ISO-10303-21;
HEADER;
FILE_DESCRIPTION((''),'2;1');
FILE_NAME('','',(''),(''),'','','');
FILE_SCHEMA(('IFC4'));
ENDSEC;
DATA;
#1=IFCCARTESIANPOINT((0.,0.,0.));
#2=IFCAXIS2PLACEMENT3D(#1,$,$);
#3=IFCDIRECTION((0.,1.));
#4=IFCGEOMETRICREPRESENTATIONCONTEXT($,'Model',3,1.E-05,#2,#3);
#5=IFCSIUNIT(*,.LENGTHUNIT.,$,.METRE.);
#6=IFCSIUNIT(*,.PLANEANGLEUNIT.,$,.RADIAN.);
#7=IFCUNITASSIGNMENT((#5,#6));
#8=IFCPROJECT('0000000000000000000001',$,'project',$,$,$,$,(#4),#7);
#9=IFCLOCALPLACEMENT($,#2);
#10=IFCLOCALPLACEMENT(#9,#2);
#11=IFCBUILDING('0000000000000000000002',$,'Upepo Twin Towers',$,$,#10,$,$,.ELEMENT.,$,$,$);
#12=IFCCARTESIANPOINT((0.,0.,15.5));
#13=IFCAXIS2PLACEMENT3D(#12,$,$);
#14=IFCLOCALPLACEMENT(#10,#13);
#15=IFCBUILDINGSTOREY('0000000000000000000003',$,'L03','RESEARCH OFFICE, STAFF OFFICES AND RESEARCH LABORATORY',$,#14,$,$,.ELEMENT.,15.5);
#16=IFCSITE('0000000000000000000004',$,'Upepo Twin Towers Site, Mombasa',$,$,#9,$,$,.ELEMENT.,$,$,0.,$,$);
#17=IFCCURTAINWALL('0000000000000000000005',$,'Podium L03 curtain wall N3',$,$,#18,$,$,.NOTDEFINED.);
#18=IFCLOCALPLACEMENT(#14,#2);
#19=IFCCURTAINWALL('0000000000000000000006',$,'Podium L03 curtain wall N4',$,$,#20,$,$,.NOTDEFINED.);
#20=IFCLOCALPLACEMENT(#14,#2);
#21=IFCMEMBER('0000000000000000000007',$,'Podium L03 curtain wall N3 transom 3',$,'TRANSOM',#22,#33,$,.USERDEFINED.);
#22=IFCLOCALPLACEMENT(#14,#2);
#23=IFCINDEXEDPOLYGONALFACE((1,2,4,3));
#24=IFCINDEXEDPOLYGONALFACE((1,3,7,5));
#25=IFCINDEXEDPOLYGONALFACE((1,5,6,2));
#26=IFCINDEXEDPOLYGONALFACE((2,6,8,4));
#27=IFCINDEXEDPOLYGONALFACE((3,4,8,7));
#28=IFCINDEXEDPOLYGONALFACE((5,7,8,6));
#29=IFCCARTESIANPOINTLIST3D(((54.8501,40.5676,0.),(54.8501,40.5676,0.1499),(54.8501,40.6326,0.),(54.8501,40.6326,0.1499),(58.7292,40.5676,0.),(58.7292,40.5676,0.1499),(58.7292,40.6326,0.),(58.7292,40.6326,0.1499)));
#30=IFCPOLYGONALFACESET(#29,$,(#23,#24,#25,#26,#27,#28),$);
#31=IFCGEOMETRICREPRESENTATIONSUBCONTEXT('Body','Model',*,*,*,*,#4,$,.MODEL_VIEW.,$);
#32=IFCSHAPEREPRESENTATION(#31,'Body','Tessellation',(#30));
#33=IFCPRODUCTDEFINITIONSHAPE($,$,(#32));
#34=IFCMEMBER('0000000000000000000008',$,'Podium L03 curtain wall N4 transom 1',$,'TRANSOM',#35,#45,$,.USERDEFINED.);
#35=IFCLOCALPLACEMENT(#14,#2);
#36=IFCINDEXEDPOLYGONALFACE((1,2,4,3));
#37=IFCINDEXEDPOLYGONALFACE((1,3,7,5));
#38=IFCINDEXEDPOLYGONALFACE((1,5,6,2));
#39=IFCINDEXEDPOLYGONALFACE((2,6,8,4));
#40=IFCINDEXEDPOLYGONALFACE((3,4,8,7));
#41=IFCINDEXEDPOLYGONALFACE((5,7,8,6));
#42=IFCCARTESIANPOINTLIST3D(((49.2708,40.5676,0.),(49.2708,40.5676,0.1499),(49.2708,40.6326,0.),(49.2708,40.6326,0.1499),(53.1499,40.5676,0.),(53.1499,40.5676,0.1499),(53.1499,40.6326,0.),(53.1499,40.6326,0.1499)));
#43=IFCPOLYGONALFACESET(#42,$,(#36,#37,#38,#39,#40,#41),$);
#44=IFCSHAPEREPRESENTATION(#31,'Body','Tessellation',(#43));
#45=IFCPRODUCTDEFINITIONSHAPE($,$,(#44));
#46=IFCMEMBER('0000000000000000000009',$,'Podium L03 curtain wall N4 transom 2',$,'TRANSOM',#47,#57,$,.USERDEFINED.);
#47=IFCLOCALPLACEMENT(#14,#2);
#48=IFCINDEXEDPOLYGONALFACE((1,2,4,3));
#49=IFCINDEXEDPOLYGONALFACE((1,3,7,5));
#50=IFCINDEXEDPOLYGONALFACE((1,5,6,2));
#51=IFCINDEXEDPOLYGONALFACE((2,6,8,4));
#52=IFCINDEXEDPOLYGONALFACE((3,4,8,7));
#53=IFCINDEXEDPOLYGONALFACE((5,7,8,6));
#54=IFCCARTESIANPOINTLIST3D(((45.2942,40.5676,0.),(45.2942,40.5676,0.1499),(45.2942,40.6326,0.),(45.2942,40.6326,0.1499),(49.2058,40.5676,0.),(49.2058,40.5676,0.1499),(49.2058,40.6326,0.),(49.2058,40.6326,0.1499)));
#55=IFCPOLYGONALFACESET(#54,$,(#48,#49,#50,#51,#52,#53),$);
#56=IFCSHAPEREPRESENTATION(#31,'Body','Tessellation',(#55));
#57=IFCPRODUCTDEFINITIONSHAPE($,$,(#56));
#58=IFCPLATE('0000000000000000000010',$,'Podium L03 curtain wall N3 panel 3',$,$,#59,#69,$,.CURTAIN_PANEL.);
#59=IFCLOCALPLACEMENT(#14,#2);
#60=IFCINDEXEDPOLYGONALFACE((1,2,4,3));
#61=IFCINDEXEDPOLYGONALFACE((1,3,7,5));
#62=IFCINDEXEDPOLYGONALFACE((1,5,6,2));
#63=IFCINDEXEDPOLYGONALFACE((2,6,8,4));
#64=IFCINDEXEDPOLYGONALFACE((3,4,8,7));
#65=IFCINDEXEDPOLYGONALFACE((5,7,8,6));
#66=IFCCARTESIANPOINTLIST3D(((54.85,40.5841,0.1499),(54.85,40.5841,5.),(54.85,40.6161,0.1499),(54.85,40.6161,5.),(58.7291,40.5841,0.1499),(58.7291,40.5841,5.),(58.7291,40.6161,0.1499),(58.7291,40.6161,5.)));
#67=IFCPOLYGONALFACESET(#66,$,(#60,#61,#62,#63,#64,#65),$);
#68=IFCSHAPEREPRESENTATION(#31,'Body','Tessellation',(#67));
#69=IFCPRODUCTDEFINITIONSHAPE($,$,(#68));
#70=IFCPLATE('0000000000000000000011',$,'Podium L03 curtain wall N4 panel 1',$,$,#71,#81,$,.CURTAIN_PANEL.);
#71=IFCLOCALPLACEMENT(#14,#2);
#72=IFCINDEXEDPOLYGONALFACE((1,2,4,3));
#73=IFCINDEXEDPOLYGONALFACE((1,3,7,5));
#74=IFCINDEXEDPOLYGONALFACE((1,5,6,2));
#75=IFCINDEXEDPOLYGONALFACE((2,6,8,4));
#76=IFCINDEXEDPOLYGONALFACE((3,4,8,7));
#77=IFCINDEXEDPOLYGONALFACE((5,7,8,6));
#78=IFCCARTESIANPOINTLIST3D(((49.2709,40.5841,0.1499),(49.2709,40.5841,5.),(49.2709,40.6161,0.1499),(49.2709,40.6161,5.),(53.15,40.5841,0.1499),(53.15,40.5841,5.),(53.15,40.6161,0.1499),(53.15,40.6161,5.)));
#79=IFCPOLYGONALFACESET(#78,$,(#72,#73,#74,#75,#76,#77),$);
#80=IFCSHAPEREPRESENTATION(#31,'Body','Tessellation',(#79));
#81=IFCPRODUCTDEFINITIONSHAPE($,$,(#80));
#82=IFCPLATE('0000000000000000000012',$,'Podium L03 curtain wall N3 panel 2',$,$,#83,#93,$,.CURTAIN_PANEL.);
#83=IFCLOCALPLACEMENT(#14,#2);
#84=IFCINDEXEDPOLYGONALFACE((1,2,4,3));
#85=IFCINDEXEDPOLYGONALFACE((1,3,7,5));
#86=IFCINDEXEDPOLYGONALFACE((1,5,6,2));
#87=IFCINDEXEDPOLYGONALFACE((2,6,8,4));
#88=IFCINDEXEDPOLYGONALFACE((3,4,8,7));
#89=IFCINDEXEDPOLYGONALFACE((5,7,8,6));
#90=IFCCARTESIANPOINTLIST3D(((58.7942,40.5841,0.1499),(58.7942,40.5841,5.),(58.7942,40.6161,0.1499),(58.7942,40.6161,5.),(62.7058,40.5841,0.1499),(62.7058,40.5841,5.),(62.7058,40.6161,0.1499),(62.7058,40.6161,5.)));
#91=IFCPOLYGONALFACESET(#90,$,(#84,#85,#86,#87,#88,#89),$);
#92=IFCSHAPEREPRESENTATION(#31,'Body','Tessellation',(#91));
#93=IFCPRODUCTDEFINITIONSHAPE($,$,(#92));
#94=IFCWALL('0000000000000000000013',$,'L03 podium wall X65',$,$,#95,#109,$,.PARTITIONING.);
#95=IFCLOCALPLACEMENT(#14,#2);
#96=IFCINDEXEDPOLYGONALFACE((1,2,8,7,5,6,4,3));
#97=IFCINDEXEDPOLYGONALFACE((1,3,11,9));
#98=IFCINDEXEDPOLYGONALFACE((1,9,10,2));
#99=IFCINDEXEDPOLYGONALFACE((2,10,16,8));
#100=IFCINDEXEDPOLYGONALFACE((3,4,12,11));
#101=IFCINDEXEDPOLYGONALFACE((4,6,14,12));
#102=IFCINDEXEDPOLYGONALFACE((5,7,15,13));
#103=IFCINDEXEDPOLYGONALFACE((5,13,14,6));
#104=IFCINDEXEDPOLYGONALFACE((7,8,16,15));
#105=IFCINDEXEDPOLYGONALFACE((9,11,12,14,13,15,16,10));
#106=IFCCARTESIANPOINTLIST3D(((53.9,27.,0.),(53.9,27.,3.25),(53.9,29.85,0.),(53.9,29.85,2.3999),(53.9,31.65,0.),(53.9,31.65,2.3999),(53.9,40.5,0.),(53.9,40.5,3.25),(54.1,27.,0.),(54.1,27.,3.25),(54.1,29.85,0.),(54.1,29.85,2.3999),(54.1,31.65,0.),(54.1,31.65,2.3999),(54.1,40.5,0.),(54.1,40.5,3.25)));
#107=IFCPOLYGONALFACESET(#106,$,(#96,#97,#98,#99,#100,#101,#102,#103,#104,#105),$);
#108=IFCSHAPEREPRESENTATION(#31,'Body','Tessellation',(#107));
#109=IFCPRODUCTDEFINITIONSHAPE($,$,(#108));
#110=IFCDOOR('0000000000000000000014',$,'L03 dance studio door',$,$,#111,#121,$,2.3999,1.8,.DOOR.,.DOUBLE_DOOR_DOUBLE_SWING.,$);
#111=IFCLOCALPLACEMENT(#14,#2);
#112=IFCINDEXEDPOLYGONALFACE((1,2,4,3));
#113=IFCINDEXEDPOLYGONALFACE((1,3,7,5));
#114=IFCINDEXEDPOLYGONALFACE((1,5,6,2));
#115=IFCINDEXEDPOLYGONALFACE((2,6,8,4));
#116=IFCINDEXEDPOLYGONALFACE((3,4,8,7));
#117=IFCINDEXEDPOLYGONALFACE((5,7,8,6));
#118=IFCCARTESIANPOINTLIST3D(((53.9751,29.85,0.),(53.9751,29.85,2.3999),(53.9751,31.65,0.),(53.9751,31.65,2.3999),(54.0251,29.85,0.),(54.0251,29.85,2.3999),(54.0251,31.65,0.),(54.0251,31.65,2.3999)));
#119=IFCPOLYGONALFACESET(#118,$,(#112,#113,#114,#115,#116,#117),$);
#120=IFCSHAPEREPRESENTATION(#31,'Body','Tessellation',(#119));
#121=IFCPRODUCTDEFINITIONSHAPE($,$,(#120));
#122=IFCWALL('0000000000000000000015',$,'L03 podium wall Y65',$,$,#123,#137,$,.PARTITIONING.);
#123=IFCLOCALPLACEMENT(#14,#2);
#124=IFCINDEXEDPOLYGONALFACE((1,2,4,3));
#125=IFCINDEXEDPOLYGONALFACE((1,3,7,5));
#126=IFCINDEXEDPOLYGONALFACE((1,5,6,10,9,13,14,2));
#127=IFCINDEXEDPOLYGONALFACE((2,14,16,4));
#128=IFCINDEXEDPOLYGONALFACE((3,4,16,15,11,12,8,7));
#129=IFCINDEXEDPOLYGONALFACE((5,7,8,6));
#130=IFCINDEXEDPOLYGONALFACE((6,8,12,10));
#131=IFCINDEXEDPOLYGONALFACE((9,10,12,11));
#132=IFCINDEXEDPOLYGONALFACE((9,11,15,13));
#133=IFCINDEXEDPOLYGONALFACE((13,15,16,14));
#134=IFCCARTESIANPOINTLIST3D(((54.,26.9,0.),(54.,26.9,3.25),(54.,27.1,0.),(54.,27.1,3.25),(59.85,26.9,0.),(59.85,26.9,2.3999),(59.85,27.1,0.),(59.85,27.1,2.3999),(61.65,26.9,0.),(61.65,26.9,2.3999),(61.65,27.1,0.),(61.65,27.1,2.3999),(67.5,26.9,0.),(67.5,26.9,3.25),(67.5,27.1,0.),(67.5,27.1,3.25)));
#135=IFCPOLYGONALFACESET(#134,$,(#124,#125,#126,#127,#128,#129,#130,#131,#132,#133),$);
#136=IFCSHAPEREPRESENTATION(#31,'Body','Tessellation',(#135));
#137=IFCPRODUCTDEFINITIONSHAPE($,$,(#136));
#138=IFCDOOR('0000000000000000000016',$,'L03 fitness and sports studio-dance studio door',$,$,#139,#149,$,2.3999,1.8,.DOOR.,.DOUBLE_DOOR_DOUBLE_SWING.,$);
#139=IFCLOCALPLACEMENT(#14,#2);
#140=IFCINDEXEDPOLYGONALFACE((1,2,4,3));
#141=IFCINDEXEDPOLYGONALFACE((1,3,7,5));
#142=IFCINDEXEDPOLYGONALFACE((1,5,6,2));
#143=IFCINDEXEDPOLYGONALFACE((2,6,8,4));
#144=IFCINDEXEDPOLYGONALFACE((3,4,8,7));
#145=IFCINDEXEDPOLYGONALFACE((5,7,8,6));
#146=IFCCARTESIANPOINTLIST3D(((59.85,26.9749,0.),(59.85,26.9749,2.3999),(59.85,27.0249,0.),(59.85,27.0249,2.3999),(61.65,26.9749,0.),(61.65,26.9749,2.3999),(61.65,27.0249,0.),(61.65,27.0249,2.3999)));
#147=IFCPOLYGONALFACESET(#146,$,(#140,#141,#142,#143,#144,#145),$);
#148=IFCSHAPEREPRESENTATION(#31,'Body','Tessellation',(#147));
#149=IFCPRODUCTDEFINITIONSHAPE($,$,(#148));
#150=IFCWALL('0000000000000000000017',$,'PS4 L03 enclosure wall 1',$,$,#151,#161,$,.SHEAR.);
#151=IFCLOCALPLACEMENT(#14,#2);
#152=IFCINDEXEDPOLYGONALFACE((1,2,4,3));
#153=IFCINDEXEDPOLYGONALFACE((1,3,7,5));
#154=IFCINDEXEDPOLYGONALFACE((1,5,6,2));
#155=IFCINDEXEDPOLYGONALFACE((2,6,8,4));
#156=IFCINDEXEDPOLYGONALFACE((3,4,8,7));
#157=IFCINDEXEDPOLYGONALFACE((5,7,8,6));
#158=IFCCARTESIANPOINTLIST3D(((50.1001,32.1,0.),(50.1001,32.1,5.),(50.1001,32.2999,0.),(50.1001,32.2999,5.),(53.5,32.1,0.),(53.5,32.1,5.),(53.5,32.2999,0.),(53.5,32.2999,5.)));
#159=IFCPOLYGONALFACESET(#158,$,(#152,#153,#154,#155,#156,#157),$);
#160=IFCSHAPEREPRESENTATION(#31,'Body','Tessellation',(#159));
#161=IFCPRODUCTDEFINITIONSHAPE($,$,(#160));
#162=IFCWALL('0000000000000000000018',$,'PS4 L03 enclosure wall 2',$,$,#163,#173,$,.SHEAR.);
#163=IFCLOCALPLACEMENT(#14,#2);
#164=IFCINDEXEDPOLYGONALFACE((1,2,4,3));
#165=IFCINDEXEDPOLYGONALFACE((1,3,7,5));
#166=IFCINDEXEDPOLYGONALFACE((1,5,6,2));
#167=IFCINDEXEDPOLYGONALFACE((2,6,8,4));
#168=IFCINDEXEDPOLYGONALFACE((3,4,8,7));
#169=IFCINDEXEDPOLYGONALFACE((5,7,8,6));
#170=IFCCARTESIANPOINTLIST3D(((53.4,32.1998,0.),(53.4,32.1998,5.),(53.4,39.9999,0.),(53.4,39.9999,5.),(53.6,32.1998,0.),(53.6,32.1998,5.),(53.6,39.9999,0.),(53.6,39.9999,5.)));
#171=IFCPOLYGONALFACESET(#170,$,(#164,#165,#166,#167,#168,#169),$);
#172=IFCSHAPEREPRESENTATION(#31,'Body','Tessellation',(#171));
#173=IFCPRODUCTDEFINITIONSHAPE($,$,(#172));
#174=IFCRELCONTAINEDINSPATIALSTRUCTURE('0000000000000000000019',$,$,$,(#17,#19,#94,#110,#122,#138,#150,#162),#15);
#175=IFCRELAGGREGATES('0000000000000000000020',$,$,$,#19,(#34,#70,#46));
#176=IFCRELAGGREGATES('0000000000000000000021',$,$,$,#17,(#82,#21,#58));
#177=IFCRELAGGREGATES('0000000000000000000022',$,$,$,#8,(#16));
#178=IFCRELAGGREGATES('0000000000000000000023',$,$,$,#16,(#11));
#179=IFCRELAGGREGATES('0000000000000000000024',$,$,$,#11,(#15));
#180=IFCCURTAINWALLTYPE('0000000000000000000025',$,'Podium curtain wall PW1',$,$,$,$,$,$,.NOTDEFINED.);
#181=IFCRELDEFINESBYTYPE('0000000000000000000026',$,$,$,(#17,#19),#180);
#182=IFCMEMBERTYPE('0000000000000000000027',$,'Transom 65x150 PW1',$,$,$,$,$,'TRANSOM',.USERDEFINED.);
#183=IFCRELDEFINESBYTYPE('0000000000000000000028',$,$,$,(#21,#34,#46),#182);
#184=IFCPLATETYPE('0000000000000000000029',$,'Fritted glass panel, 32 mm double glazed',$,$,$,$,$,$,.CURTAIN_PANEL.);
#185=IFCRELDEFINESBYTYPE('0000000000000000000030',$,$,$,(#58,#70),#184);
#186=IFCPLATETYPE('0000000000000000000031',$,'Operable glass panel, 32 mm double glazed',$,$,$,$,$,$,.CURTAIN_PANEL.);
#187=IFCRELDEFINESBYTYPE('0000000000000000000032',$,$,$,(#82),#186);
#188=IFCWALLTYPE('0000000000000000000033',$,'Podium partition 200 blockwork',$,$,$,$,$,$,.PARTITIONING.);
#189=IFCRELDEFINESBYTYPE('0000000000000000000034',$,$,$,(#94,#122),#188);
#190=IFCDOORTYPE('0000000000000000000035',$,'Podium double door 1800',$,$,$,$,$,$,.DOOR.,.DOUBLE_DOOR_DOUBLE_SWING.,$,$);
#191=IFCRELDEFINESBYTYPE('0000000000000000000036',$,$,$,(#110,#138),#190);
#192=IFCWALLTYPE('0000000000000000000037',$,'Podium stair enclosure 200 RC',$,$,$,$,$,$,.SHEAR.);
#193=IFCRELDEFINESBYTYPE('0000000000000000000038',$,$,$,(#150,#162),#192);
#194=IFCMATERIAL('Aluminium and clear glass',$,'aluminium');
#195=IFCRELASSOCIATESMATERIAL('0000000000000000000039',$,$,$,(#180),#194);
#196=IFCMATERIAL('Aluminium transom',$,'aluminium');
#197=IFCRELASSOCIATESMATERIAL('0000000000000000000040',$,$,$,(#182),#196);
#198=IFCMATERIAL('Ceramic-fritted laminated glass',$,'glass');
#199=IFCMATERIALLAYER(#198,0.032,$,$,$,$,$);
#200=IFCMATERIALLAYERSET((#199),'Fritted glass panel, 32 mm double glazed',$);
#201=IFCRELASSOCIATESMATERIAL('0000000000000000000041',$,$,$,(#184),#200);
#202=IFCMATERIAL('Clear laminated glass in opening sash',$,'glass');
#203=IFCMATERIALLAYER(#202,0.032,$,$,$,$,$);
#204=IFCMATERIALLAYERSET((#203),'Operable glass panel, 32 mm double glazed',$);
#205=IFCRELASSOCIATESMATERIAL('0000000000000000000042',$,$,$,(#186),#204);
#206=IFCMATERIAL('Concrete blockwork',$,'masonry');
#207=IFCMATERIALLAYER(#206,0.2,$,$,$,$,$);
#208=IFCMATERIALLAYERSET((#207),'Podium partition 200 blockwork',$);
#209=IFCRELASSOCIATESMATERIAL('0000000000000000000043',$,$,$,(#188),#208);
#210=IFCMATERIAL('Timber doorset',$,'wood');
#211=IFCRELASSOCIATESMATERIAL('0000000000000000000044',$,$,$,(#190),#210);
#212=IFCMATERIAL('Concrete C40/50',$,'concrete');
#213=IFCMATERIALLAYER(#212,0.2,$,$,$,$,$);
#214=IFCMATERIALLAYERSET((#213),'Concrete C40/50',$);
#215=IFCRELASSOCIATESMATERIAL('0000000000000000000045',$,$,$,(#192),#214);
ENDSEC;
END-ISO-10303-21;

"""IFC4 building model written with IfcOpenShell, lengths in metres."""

from ifc_helpers import new_model, si_unit, direction, frame, frame_2d, origin, origin_2d, place, context, subcontext, project, spatial, rectangle, extrude, material, layer, layer_set, material_profile, profile_set, type_object, element, fill, aggregate, save


model = new_model("IFC4")

# Units and contexts
model_context = context("Model", 3, precision=1e-05, world=origin(), true_north=direction((0.0, 1.0)))
body_context = subcontext(model_context, "Body", "Model", "MODEL_VIEW")
ifc_project = project(units=[si_unit("LENGTHUNIT", "METRE"), si_unit("PLANEANGLEUNIT", "RADIAN")], contexts=[model_context])

# Site, building, storey
site_placement = place(None, origin())
site = spatial("IfcSite", under=ifc_project, at=site_placement, Name="Upepo Twin Towers Site, Mombasa", CompositionType="ELEMENT", RefElevation=0.0)
building_placement = place(site_placement, origin())
building = spatial("IfcBuilding", under=site, at=building_placement, Name="Upepo Twin Towers", CompositionType="ELEMENT")
storey_placement = place(building_placement, frame((0.0, 0.0, 15.5)))
storey = spatial("IfcBuildingStorey", under=building, at=storey_placement, Name="L03", Description="RESEARCH OFFICE, STAFF OFFICES AND RESEARCH LABORATORY", CompositionType="ELEMENT", Elevation=15.5)

# Curtain walls
ifc_material_1 = material(Name="Aluminium and clear glass", Category="aluminium")
curtain_wall_type = type_object("IfcCurtainWallType", Name="Podium curtain wall PW1", PredefinedType="NOTDEFINED", material=ifc_material_1)
curtain_wall_1_placement = place(storey_placement, origin())
curtain_wall_1 = element("IfcCurtainWall", 1, at=curtain_wall_1_placement, inside=storey, type_object=curtain_wall_type, Name="Podium L03 curtain wall N3", PredefinedType="NOTDEFINED")
curtain_wall_2_placement = place(storey_placement, origin())
curtain_wall_2 = element("IfcCurtainWall", 2, at=curtain_wall_2_placement, inside=storey, type_object=curtain_wall_type, Name="Podium L03 curtain wall N4", PredefinedType="NOTDEFINED")

# Members
ifc_material_2 = material(Name="Aluminium transom", Category="aluminium")
ifc_material_profile_1 = material_profile(ifc_material_2, rectangle(XDim=0.0649, YDim=0.1499, at=origin_2d()), Name="TRANSOM 65x150 PODIUM")
ifc_profile_set_1 = profile_set([ifc_material_profile_1], Name="Aluminium transom")
member_type_1 = type_object("IfcMemberType", Name="Transom 65x150 PW1", ElementType="TRANSOM", PredefinedType="USERDEFINED", material=ifc_profile_set_1)
member_1_placement = place(storey_placement, frame((58.7292, 40.6001, 0.075), z_axis=(-1.0, 0.0, 0.0), x_axis=(0.0, -1.0, 0.0)))
member_1 = element("IfcMember", 3, at=member_1_placement, type_object=member_type_1, Name="Podium L03 curtain wall N3 transom 3", ObjectType="TRANSOM", PredefinedType="USERDEFINED", context=body_context, shape_type="SweptSolid", body=[
    extrude(rectangle(XDim=0.0649, YDim=0.1499, at=origin_2d()), origin(), (0.0, 0.0, 1.0), 3.8792),
])
member_2_placement = place(storey_placement, frame((53.1499, 40.6001, 0.075), z_axis=(-1.0, 0.0, 0.0), x_axis=(0.0, -1.0, 0.0)))
member_2 = element("IfcMember", 4, at=member_2_placement, type_object=member_type_1, Name="Podium L03 curtain wall N4 transom 1", ObjectType="TRANSOM", PredefinedType="USERDEFINED", context=body_context, shape_type="SweptSolid", body=[
    extrude(rectangle(XDim=0.0649, YDim=0.1499, at=origin_2d()), origin(), (0.0, 0.0, 1.0), 3.8792),
])
member_3_placement = place(storey_placement, frame((49.2058, 40.6001, 0.075), z_axis=(-1.0, 0.0, 0.0), x_axis=(0.0, -1.0, 0.0)))
member_3 = element("IfcMember", 5, at=member_3_placement, type_object=member_type_1, Name="Podium L03 curtain wall N4 transom 2", ObjectType="TRANSOM", PredefinedType="USERDEFINED", context=body_context, shape_type="SweptSolid", body=[
    extrude(rectangle(XDim=0.0649, YDim=0.1499, at=origin_2d()), origin(), (0.0, 0.0, 1.0), 3.9116),
])

# Plates
ifc_material_3 = material(Name="Ceramic-fritted laminated glass", Category="glass")
ifc_layer_1 = layer(ifc_material_3, 0.032)
ifc_layer_set_1 = layer_set([ifc_layer_1], Name="Fritted glass panel, 32 mm double glazed")
plate_type_1 = type_object("IfcPlateType", Name="Fritted glass panel, 32 mm double glazed", PredefinedType="CURTAIN_PANEL", material=ifc_layer_set_1)
plate_1_placement = place(storey_placement, frame((56.7896, 40.6001, 0.1499), z_axis=(0.0, 0.0, 1.0), x_axis=(-1.0, 0.0, 0.0)))
plate_1 = element("IfcPlate", 6, at=plate_1_placement, type_object=plate_type_1, Name="Podium L03 curtain wall N3 panel 3", PredefinedType="CURTAIN_PANEL", context=body_context, shape_type="SweptSolid", body=[
    extrude(rectangle(XDim=3.8792, YDim=0.032, at=origin_2d()), origin(), (0.0, 0.0, 1.0), 4.8501),
])
plate_2_placement = place(storey_placement, frame((51.2104, 40.6001, 0.1499), z_axis=(0.0, 0.0, 1.0), x_axis=(-1.0, 0.0, 0.0)))
plate_2 = element("IfcPlate", 7, at=plate_2_placement, type_object=plate_type_1, Name="Podium L03 curtain wall N4 panel 1", PredefinedType="CURTAIN_PANEL", context=body_context, shape_type="SweptSolid", body=[
    extrude(rectangle(XDim=3.8792, YDim=0.032, at=origin_2d()), origin(), (0.0, 0.0, 1.0), 4.8501),
])
aggregate(curtain_wall_2, [member_2, plate_2, member_3])
ifc_material_4 = material(Name="Clear laminated glass in opening sash", Category="glass")
ifc_layer_2 = layer(ifc_material_4, 0.032)
ifc_layer_set_2 = layer_set([ifc_layer_2], Name="Operable glass panel, 32 mm double glazed")
plate_type_2 = type_object("IfcPlateType", Name="Operable glass panel, 32 mm double glazed", PredefinedType="CURTAIN_PANEL", material=ifc_layer_set_2)
plate_3_placement = place(storey_placement, frame((60.75, 40.6001, 0.1499), z_axis=(0.0, 0.0, 1.0), x_axis=(-1.0, 0.0, 0.0)))
plate_3 = element("IfcPlate", 8, at=plate_3_placement, type_object=plate_type_2, Name="Podium L03 curtain wall N3 panel 2", PredefinedType="CURTAIN_PANEL", context=body_context, shape_type="SweptSolid", body=[
    extrude(rectangle(XDim=3.9116, YDim=0.032, at=origin_2d()), origin(), (0.0, 0.0, 1.0), 4.8501),
])
aggregate(curtain_wall_1, [plate_3, member_1, plate_1])

# Walls, openings, doors
ifc_material_5 = material(Name="Concrete blockwork", Category="masonry")
ifc_layer_3 = layer(ifc_material_5, 0.2)
ifc_layer_set_3 = layer_set([ifc_layer_3], Name="Podium partition 200 blockwork")
wall_type_1 = type_object("IfcWallType", Name="Podium partition 200 blockwork", PredefinedType="PARTITIONING", material=ifc_layer_set_3)
wall_1_placement = place(storey_placement, frame((54.0, 27.0, 0.0), z_axis=(0.0, 0.0, 1.0), x_axis=(0.0, 1.0, 0.0)))
wall_1 = element("IfcWall", 9, at=wall_1_placement, inside=storey, type_object=wall_type_1, Name="L03 podium wall X65", PredefinedType="PARTITIONING", context=body_context, shape_type="SweptSolid", body=[
    extrude(rectangle(XDim=13.5, YDim=0.2, at=frame_2d((6.75, 0.0))), origin(), (0.0, 0.0, 1.0), 3.25),
])
opening_1_placement = place(wall_1_placement, frame((2.8501, 0.0, 0.0)))
opening_1 = element("IfcOpeningElement", 10, at=opening_1_placement, cuts=wall_1, PredefinedType="OPENING", context=body_context, shape_type="SweptSolid", body=[
    extrude(rectangle(XDim=1.8, YDim=2.3999, at=frame_2d((0.8999, 1.2))), frame((0.0, 0.1099, 0.0), z_axis=(0.0, -1.0, 0.0), x_axis=(1.0, 0.0, 0.0)), (0.0, 0.0, 1.0), 0.22),
])
ifc_material_6 = material(Name="Timber doorset", Category="wood")
door_type_1 = type_object("IfcDoorType", Name="Podium double door 1800", OperationType="DOUBLE_DOOR_DOUBLE_SWING", PredefinedType="DOOR", material=ifc_material_6)
door_1_placement = place(opening_1_placement, origin())
door_1 = element("IfcDoor", 11, at=door_1_placement, inside=storey, type_object=door_type_1, Name="L03 dance studio door", OperationType="DOUBLE_DOOR_DOUBLE_SWING", OverallHeight=2.3999, OverallWidth=1.8, PredefinedType="DOOR", context=body_context, shape_type="SweptSolid", body=[
    extrude(rectangle(XDim=1.8, YDim=2.3999, at=frame_2d((0.8999, 1.2))), frame((0.0, 0.0249, 0.0), z_axis=(0.0, -1.0, 0.0), x_axis=(1.0, 0.0, 0.0)), (0.0, 0.0, 1.0), 0.05),
])
fill(opening_1, door_1)
wall_2_placement = place(storey_placement, frame((54.0, 27.0, 0.0), z_axis=(0.0, 0.0, 1.0), x_axis=(1.0, 0.0, 0.0)))
wall_2 = element("IfcWall", 12, at=wall_2_placement, inside=storey, type_object=wall_type_1, Name="L03 podium wall Y65", PredefinedType="PARTITIONING", context=body_context, shape_type="SweptSolid", body=[
    extrude(rectangle(XDim=13.5, YDim=0.2, at=frame_2d((6.75, 0.0))), origin(), (0.0, 0.0, 1.0), 3.25),
])
opening_2_placement = place(wall_2_placement, frame((5.8501, 0.0, 0.0)))
opening_2 = element("IfcOpeningElement", 13, at=opening_2_placement, cuts=wall_2, PredefinedType="OPENING", context=body_context, shape_type="SweptSolid", body=[
    extrude(rectangle(XDim=1.8, YDim=2.3999, at=frame_2d((0.8999, 1.2))), frame((0.0, 0.1099, 0.0), z_axis=(0.0, -1.0, 0.0), x_axis=(1.0, 0.0, 0.0)), (0.0, 0.0, 1.0), 0.22),
])
door_2_placement = place(opening_2_placement, origin())
door_2 = element("IfcDoor", 14, at=door_2_placement, inside=storey, type_object=door_type_1, Name="L03 fitness and sports studio-dance studio door", OperationType="DOUBLE_DOOR_DOUBLE_SWING", OverallHeight=2.3999, OverallWidth=1.8, PredefinedType="DOOR", context=body_context, shape_type="SweptSolid", body=[
    extrude(rectangle(XDim=1.8, YDim=2.3999, at=frame_2d((0.8999, 1.2))), frame((0.0, 0.0249, 0.0), z_axis=(0.0, -1.0, 0.0), x_axis=(1.0, 0.0, 0.0)), (0.0, 0.0, 1.0), 0.05),
])
fill(opening_2, door_2)

# Walls
ifc_material_7 = material(Name="Concrete C40/50", Category="concrete")
ifc_layer_4 = layer(ifc_material_7, 0.2)
ifc_layer_set_4 = layer_set([ifc_layer_4], Name="Concrete C40/50")
wall_type_2 = type_object("IfcWallType", Name="Podium stair enclosure 200 RC", PredefinedType="SHEAR", material=ifc_layer_set_4)
wall_3_placement = place(storey_placement, frame((50.1001, 32.2, 0.0), z_axis=(0.0, 0.0, 1.0), x_axis=(1.0, 0.0, 0.0)))
element("IfcWall", 15, at=wall_3_placement, inside=storey, type_object=wall_type_2, Name="PS4 L03 enclosure wall 1", PredefinedType="SHEAR", context=body_context, shape_type="SweptSolid", body=[
    extrude(rectangle(XDim=3.3999, YDim=0.2, at=frame_2d((1.7, 0.0))), origin(), (0.0, 0.0, 1.0), 5.0),
])
wall_4_placement = place(storey_placement, frame((53.5, 32.2, 0.0), z_axis=(0.0, 0.0, 1.0), x_axis=(0.0, 1.0, 0.0)))
element("IfcWall", 16, at=wall_4_placement, inside=storey, type_object=wall_type_2, Name="PS4 L03 enclosure wall 2", PredefinedType="SHEAR", context=body_context, shape_type="SweptSolid", body=[
    extrude(rectangle(XDim=7.8, YDim=0.2, at=frame_2d((3.8999, 0.0))), origin(), (0.0, 0.0, 1.0), 5.0),
])

save(model, "model.ifc")
